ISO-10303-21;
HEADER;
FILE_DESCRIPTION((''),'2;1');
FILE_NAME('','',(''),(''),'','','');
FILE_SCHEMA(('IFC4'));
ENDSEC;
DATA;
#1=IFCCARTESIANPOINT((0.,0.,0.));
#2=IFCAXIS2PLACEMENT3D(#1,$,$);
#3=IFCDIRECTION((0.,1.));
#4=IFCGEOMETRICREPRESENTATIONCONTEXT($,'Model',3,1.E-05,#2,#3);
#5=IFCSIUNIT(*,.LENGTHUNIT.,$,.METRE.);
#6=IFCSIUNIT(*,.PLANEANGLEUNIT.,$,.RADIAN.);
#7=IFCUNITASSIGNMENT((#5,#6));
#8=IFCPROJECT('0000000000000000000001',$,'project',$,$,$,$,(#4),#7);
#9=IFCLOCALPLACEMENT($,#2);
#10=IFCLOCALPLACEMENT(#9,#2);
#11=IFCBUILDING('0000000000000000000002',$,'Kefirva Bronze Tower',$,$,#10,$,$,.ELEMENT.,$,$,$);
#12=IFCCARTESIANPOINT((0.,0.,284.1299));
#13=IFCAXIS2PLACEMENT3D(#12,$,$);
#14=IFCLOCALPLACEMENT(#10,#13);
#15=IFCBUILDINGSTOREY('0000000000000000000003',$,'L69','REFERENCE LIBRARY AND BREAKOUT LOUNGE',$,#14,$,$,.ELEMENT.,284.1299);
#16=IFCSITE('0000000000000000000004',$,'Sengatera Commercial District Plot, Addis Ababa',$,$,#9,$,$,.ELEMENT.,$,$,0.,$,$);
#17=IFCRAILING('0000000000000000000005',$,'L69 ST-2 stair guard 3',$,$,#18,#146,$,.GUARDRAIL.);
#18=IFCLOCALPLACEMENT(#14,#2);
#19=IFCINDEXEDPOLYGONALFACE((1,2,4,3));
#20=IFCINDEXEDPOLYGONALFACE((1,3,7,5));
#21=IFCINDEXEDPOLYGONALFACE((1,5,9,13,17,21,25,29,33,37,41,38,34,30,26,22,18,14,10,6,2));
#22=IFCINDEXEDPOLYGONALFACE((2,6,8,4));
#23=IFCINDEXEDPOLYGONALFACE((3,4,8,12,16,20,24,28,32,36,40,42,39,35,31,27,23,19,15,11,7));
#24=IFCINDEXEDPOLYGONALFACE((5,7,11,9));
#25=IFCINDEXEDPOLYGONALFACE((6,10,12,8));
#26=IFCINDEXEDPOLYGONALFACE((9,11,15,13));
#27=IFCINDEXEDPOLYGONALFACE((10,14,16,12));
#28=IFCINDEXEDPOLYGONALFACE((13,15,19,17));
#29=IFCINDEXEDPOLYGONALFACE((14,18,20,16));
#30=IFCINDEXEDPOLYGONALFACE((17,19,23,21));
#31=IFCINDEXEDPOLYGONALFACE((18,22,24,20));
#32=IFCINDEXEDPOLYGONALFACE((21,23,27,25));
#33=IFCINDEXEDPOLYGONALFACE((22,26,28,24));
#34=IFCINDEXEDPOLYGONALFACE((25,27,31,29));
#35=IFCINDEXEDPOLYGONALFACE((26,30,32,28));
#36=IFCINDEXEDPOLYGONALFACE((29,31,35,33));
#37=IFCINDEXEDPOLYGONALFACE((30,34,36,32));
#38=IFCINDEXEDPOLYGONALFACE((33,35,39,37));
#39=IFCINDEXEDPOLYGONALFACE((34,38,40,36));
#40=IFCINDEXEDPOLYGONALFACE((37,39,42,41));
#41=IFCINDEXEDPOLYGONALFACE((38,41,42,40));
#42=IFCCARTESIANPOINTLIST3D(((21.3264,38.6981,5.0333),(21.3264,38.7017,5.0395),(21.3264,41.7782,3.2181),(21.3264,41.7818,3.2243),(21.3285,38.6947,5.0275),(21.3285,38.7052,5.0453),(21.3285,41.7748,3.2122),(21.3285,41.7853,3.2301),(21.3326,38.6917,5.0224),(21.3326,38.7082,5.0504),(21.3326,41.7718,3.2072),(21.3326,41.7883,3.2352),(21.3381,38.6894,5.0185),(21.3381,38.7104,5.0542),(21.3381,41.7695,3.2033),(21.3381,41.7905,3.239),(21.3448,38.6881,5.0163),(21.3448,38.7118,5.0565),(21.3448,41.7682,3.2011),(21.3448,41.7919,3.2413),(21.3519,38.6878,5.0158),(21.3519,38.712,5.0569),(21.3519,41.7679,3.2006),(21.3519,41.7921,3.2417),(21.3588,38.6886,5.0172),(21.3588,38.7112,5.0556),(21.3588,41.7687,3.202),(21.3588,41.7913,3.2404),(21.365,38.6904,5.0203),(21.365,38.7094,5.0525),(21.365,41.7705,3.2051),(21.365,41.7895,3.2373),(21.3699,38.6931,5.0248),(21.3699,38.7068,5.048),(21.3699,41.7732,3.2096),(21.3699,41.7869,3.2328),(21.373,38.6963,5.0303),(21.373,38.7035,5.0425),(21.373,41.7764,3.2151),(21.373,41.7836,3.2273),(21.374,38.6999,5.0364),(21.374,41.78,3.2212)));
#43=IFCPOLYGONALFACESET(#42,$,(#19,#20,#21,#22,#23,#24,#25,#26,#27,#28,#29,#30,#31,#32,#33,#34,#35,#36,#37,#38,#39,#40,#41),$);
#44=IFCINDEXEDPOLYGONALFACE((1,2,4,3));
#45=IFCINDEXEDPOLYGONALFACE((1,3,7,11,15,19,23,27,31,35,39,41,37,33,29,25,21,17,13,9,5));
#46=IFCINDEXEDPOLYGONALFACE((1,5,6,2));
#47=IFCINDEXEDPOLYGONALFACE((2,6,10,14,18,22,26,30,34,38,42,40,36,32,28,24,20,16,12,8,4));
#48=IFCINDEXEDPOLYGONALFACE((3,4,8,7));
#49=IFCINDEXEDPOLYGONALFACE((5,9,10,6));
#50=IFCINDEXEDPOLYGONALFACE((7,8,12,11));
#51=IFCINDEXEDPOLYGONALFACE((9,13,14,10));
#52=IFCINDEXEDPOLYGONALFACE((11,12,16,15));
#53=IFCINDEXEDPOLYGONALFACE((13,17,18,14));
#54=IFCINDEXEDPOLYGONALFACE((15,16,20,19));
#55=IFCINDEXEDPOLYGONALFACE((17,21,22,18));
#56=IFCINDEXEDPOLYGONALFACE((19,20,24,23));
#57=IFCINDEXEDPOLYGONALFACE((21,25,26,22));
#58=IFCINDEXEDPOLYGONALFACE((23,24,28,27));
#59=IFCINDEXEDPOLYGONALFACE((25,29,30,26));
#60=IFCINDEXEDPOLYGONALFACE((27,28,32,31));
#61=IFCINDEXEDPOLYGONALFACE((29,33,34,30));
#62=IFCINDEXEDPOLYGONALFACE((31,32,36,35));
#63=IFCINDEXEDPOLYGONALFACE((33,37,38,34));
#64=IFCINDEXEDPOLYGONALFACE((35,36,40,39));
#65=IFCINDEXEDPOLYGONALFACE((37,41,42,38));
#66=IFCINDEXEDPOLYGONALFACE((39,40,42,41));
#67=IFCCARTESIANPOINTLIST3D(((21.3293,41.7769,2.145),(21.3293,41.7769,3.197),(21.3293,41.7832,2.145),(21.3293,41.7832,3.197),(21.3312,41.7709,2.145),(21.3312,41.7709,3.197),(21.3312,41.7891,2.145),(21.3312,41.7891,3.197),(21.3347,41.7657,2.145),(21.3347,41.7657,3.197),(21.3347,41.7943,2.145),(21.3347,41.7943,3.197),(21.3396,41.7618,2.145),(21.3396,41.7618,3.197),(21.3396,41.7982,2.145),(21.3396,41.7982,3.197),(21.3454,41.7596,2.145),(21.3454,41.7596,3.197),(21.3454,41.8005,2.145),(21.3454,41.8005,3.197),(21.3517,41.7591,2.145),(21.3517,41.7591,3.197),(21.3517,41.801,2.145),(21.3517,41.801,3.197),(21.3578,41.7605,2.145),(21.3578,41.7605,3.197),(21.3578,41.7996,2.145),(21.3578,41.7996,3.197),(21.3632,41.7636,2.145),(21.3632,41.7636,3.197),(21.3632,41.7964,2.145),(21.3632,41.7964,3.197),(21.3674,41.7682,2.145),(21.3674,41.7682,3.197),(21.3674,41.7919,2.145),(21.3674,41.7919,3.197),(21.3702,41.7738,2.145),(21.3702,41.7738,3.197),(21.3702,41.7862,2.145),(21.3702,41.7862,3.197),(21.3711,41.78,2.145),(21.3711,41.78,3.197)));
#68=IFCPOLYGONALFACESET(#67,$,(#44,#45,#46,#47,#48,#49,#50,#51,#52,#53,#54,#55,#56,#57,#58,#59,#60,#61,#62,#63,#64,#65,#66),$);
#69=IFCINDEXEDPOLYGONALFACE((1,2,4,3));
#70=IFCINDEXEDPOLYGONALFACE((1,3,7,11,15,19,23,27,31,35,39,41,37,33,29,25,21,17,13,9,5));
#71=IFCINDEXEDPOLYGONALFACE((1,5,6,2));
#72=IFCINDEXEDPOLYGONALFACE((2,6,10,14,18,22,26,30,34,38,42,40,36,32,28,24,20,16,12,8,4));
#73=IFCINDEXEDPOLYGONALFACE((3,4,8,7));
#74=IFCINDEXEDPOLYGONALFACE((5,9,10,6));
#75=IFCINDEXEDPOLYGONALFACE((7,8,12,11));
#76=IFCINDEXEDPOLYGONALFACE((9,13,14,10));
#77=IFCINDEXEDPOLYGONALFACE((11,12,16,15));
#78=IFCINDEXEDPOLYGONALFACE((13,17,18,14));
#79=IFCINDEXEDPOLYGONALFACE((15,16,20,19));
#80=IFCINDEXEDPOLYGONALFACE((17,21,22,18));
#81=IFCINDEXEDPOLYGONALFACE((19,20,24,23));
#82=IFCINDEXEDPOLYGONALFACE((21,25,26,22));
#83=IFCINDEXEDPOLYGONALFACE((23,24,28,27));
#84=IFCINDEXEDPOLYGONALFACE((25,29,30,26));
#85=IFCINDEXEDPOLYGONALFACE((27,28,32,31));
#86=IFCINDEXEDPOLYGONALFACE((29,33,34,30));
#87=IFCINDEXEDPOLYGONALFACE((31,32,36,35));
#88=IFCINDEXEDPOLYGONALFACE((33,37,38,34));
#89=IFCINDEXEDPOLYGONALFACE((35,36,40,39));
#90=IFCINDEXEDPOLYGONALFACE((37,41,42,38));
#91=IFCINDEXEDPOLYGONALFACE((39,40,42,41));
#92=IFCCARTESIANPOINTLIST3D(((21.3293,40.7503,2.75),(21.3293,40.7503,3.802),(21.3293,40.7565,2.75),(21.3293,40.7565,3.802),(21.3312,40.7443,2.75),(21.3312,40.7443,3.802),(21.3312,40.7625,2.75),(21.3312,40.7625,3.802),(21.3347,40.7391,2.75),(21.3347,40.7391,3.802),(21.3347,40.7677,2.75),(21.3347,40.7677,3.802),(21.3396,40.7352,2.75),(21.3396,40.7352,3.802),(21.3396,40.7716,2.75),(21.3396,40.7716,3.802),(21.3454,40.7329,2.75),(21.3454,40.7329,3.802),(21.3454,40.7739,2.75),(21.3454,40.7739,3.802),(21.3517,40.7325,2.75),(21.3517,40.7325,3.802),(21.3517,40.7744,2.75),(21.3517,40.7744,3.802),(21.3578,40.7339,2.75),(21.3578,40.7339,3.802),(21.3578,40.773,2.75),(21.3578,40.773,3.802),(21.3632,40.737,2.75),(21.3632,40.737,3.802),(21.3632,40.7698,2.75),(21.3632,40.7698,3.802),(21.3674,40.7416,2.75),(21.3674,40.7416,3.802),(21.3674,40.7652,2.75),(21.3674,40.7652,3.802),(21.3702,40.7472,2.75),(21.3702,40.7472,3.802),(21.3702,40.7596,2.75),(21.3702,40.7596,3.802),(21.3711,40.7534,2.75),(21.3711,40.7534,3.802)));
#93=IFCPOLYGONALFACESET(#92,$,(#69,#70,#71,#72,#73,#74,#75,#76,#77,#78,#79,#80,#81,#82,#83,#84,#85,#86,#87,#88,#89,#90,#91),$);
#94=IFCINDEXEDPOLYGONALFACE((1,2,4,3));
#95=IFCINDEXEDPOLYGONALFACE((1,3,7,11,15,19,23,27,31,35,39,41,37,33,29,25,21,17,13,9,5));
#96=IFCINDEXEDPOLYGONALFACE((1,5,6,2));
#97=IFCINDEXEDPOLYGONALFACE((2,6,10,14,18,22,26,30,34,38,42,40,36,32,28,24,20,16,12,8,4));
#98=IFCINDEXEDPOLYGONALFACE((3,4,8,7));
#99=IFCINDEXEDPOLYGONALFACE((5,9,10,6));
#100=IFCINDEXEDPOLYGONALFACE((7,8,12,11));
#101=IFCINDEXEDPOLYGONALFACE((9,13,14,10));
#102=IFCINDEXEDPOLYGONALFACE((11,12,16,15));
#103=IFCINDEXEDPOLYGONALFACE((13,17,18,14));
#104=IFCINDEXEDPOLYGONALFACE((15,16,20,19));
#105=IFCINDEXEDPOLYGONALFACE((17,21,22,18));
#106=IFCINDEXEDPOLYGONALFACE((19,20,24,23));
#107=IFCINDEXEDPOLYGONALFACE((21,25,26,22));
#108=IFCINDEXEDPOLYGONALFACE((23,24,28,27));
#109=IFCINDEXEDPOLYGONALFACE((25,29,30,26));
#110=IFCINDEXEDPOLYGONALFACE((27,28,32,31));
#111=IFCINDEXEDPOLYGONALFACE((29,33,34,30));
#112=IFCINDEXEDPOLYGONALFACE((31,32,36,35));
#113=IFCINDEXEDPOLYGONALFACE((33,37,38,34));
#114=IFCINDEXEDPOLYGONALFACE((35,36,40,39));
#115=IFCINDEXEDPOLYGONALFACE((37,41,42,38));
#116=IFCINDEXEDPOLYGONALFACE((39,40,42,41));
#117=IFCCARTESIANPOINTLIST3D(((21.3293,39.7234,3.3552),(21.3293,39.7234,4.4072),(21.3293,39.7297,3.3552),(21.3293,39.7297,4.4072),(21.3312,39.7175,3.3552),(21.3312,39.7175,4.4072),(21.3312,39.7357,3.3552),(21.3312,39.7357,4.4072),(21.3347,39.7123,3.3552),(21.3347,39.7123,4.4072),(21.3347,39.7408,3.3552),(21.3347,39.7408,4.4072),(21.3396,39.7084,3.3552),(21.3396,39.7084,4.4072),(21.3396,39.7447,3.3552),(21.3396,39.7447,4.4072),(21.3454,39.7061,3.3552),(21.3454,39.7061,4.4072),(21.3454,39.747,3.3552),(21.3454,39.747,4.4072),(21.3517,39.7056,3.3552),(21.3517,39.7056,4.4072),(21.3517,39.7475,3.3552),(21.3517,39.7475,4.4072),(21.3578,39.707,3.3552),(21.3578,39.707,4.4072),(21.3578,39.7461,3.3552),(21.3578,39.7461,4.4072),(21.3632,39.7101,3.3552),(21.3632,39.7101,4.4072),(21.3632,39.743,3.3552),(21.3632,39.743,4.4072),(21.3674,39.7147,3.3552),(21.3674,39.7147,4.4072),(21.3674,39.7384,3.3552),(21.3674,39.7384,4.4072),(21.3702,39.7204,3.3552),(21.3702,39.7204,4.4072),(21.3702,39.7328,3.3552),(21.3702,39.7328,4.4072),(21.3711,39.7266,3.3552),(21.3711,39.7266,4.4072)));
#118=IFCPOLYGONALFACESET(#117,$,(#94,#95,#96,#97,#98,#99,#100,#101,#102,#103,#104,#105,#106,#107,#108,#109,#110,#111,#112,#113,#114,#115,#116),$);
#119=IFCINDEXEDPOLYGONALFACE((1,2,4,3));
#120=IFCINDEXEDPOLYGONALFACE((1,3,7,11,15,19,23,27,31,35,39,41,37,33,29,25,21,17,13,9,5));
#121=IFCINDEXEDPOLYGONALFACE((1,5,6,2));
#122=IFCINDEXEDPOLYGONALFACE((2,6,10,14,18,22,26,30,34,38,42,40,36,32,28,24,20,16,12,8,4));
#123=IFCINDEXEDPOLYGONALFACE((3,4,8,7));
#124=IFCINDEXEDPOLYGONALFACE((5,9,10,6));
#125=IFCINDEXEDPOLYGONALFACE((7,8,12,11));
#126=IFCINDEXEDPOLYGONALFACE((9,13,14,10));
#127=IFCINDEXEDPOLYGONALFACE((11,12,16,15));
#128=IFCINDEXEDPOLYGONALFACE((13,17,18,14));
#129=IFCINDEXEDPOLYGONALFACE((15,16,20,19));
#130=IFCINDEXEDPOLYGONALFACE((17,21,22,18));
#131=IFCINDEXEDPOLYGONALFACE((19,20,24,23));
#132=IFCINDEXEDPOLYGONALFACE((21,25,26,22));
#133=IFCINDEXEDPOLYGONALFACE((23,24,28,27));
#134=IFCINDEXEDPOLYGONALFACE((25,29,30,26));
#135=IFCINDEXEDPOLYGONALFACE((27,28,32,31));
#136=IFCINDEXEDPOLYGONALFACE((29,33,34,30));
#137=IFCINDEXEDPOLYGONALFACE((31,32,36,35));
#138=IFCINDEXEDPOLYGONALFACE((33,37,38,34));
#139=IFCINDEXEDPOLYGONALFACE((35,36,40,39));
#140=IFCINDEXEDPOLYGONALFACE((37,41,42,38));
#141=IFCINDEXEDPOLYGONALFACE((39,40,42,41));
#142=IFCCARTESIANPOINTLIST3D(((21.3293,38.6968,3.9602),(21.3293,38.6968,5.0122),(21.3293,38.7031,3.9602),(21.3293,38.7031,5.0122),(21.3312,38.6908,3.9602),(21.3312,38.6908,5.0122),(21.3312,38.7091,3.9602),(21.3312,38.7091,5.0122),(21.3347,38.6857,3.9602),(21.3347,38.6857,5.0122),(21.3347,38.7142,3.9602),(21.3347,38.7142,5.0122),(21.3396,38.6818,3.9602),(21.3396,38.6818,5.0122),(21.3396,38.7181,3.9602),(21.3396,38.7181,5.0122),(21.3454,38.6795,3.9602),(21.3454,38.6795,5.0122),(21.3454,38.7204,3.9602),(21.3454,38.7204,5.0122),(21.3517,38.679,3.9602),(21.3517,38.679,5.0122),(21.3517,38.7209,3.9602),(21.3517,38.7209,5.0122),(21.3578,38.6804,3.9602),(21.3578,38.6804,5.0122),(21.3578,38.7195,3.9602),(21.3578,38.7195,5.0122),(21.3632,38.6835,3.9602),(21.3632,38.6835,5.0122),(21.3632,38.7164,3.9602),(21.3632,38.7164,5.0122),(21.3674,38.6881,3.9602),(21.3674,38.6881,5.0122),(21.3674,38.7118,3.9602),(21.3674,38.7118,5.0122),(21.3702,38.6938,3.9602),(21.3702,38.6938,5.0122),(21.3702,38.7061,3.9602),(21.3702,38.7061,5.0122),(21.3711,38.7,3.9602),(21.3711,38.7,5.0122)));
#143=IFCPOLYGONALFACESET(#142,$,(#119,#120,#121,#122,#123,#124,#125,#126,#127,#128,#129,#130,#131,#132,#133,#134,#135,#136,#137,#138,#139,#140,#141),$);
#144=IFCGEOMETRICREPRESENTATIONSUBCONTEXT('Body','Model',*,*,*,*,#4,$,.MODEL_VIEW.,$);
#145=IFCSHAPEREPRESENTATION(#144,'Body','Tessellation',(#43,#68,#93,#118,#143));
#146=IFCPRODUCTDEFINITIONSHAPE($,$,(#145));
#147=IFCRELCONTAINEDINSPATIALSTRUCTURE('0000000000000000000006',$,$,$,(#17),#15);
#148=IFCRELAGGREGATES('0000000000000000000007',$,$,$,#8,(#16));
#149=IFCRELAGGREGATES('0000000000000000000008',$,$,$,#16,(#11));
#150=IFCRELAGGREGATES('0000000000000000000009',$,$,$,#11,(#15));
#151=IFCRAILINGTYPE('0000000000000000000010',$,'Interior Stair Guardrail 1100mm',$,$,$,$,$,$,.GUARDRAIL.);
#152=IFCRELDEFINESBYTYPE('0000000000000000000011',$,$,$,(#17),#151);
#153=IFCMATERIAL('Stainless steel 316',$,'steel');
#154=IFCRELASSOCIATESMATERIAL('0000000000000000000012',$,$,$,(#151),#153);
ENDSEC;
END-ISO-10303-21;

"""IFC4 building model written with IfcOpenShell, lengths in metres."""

from ifc_helpers import new_model, si_unit, direction, frame, origin, origin_2d, place, context, subcontext, project, spatial, circle, extrude, material, type_object, element, save


model = new_model("IFC4")

# Units and contexts
model_context = context("Model", 3, precision=1e-05, world=origin(), true_north=direction((0.0, 1.0)))
body_context = subcontext(model_context, "Body", "Model", "MODEL_VIEW")
ifc_project = project(units=[si_unit("LENGTHUNIT", "METRE"), si_unit("PLANEANGLEUNIT", "RADIAN")], contexts=[model_context])

# Site, building, storey
site_placement = place(None, origin())
site = spatial("IfcSite", under=ifc_project, at=site_placement, Name="Sengatera Commercial District Plot, Addis Ababa", CompositionType="ELEMENT", RefElevation=0.0)
building_placement = place(site_placement, origin())
building = spatial("IfcBuilding", under=site, at=building_placement, Name="Kefirva Bronze Tower", CompositionType="ELEMENT")
storey_placement = place(building_placement, frame((0.0, 0.0, 284.1299)))
storey = spatial("IfcBuildingStorey", under=building, at=storey_placement, Name="L69", Description="REFERENCE LIBRARY AND BREAKOUT LOUNGE", CompositionType="ELEMENT", Elevation=284.1299)

# Shared definitions
ifc_material_1 = material(Name="Stainless steel 316", Category="steel")

# Railing
railing_type_1 = type_object("IfcRailingType", Name="Interior Stair Guardrail 1100mm", PredefinedType="GUARDRAIL", material=ifc_material_1)
railing_1_placement = place(storey_placement, frame((21.3501, 41.78, 2.145)))
element("IfcRailing", 1, at=railing_1_placement, inside=storey, type_object=railing_type_1, Name="L69 ST-2 stair guard 3", PredefinedType="GUARDRAIL", context=body_context, shape_type="SweptSolid", body=[
    extrude(circle(Radius=0.0239, at=origin_2d()), frame((0.0, 0.0, 1.0762), z_axis=(0.0, -0.861521, 0.507721), x_axis=(1.0, 0.0, 0.0)), (0.0, 0.0, 1.0), 3.5752),
    extrude(circle(Radius=0.021, at=origin_2d()), origin(), (0.0, 0.0, 1.0), 1.052),
    extrude(circle(Radius=0.021, at=origin_2d()), frame((0.0, -1.0266, 0.605)), (0.0, 0.0, 1.0), 1.052),
    extrude(circle(Radius=0.021, at=origin_2d()), frame((0.0, -2.0535, 1.2102)), (0.0, 0.0, 1.0), 1.052),
    extrude(circle(Radius=0.021, at=origin_2d()), frame((0.0, -3.0801, 1.8152)), (0.0, 0.0, 1.0), 1.052),
])

save(model, "model.ifc")
